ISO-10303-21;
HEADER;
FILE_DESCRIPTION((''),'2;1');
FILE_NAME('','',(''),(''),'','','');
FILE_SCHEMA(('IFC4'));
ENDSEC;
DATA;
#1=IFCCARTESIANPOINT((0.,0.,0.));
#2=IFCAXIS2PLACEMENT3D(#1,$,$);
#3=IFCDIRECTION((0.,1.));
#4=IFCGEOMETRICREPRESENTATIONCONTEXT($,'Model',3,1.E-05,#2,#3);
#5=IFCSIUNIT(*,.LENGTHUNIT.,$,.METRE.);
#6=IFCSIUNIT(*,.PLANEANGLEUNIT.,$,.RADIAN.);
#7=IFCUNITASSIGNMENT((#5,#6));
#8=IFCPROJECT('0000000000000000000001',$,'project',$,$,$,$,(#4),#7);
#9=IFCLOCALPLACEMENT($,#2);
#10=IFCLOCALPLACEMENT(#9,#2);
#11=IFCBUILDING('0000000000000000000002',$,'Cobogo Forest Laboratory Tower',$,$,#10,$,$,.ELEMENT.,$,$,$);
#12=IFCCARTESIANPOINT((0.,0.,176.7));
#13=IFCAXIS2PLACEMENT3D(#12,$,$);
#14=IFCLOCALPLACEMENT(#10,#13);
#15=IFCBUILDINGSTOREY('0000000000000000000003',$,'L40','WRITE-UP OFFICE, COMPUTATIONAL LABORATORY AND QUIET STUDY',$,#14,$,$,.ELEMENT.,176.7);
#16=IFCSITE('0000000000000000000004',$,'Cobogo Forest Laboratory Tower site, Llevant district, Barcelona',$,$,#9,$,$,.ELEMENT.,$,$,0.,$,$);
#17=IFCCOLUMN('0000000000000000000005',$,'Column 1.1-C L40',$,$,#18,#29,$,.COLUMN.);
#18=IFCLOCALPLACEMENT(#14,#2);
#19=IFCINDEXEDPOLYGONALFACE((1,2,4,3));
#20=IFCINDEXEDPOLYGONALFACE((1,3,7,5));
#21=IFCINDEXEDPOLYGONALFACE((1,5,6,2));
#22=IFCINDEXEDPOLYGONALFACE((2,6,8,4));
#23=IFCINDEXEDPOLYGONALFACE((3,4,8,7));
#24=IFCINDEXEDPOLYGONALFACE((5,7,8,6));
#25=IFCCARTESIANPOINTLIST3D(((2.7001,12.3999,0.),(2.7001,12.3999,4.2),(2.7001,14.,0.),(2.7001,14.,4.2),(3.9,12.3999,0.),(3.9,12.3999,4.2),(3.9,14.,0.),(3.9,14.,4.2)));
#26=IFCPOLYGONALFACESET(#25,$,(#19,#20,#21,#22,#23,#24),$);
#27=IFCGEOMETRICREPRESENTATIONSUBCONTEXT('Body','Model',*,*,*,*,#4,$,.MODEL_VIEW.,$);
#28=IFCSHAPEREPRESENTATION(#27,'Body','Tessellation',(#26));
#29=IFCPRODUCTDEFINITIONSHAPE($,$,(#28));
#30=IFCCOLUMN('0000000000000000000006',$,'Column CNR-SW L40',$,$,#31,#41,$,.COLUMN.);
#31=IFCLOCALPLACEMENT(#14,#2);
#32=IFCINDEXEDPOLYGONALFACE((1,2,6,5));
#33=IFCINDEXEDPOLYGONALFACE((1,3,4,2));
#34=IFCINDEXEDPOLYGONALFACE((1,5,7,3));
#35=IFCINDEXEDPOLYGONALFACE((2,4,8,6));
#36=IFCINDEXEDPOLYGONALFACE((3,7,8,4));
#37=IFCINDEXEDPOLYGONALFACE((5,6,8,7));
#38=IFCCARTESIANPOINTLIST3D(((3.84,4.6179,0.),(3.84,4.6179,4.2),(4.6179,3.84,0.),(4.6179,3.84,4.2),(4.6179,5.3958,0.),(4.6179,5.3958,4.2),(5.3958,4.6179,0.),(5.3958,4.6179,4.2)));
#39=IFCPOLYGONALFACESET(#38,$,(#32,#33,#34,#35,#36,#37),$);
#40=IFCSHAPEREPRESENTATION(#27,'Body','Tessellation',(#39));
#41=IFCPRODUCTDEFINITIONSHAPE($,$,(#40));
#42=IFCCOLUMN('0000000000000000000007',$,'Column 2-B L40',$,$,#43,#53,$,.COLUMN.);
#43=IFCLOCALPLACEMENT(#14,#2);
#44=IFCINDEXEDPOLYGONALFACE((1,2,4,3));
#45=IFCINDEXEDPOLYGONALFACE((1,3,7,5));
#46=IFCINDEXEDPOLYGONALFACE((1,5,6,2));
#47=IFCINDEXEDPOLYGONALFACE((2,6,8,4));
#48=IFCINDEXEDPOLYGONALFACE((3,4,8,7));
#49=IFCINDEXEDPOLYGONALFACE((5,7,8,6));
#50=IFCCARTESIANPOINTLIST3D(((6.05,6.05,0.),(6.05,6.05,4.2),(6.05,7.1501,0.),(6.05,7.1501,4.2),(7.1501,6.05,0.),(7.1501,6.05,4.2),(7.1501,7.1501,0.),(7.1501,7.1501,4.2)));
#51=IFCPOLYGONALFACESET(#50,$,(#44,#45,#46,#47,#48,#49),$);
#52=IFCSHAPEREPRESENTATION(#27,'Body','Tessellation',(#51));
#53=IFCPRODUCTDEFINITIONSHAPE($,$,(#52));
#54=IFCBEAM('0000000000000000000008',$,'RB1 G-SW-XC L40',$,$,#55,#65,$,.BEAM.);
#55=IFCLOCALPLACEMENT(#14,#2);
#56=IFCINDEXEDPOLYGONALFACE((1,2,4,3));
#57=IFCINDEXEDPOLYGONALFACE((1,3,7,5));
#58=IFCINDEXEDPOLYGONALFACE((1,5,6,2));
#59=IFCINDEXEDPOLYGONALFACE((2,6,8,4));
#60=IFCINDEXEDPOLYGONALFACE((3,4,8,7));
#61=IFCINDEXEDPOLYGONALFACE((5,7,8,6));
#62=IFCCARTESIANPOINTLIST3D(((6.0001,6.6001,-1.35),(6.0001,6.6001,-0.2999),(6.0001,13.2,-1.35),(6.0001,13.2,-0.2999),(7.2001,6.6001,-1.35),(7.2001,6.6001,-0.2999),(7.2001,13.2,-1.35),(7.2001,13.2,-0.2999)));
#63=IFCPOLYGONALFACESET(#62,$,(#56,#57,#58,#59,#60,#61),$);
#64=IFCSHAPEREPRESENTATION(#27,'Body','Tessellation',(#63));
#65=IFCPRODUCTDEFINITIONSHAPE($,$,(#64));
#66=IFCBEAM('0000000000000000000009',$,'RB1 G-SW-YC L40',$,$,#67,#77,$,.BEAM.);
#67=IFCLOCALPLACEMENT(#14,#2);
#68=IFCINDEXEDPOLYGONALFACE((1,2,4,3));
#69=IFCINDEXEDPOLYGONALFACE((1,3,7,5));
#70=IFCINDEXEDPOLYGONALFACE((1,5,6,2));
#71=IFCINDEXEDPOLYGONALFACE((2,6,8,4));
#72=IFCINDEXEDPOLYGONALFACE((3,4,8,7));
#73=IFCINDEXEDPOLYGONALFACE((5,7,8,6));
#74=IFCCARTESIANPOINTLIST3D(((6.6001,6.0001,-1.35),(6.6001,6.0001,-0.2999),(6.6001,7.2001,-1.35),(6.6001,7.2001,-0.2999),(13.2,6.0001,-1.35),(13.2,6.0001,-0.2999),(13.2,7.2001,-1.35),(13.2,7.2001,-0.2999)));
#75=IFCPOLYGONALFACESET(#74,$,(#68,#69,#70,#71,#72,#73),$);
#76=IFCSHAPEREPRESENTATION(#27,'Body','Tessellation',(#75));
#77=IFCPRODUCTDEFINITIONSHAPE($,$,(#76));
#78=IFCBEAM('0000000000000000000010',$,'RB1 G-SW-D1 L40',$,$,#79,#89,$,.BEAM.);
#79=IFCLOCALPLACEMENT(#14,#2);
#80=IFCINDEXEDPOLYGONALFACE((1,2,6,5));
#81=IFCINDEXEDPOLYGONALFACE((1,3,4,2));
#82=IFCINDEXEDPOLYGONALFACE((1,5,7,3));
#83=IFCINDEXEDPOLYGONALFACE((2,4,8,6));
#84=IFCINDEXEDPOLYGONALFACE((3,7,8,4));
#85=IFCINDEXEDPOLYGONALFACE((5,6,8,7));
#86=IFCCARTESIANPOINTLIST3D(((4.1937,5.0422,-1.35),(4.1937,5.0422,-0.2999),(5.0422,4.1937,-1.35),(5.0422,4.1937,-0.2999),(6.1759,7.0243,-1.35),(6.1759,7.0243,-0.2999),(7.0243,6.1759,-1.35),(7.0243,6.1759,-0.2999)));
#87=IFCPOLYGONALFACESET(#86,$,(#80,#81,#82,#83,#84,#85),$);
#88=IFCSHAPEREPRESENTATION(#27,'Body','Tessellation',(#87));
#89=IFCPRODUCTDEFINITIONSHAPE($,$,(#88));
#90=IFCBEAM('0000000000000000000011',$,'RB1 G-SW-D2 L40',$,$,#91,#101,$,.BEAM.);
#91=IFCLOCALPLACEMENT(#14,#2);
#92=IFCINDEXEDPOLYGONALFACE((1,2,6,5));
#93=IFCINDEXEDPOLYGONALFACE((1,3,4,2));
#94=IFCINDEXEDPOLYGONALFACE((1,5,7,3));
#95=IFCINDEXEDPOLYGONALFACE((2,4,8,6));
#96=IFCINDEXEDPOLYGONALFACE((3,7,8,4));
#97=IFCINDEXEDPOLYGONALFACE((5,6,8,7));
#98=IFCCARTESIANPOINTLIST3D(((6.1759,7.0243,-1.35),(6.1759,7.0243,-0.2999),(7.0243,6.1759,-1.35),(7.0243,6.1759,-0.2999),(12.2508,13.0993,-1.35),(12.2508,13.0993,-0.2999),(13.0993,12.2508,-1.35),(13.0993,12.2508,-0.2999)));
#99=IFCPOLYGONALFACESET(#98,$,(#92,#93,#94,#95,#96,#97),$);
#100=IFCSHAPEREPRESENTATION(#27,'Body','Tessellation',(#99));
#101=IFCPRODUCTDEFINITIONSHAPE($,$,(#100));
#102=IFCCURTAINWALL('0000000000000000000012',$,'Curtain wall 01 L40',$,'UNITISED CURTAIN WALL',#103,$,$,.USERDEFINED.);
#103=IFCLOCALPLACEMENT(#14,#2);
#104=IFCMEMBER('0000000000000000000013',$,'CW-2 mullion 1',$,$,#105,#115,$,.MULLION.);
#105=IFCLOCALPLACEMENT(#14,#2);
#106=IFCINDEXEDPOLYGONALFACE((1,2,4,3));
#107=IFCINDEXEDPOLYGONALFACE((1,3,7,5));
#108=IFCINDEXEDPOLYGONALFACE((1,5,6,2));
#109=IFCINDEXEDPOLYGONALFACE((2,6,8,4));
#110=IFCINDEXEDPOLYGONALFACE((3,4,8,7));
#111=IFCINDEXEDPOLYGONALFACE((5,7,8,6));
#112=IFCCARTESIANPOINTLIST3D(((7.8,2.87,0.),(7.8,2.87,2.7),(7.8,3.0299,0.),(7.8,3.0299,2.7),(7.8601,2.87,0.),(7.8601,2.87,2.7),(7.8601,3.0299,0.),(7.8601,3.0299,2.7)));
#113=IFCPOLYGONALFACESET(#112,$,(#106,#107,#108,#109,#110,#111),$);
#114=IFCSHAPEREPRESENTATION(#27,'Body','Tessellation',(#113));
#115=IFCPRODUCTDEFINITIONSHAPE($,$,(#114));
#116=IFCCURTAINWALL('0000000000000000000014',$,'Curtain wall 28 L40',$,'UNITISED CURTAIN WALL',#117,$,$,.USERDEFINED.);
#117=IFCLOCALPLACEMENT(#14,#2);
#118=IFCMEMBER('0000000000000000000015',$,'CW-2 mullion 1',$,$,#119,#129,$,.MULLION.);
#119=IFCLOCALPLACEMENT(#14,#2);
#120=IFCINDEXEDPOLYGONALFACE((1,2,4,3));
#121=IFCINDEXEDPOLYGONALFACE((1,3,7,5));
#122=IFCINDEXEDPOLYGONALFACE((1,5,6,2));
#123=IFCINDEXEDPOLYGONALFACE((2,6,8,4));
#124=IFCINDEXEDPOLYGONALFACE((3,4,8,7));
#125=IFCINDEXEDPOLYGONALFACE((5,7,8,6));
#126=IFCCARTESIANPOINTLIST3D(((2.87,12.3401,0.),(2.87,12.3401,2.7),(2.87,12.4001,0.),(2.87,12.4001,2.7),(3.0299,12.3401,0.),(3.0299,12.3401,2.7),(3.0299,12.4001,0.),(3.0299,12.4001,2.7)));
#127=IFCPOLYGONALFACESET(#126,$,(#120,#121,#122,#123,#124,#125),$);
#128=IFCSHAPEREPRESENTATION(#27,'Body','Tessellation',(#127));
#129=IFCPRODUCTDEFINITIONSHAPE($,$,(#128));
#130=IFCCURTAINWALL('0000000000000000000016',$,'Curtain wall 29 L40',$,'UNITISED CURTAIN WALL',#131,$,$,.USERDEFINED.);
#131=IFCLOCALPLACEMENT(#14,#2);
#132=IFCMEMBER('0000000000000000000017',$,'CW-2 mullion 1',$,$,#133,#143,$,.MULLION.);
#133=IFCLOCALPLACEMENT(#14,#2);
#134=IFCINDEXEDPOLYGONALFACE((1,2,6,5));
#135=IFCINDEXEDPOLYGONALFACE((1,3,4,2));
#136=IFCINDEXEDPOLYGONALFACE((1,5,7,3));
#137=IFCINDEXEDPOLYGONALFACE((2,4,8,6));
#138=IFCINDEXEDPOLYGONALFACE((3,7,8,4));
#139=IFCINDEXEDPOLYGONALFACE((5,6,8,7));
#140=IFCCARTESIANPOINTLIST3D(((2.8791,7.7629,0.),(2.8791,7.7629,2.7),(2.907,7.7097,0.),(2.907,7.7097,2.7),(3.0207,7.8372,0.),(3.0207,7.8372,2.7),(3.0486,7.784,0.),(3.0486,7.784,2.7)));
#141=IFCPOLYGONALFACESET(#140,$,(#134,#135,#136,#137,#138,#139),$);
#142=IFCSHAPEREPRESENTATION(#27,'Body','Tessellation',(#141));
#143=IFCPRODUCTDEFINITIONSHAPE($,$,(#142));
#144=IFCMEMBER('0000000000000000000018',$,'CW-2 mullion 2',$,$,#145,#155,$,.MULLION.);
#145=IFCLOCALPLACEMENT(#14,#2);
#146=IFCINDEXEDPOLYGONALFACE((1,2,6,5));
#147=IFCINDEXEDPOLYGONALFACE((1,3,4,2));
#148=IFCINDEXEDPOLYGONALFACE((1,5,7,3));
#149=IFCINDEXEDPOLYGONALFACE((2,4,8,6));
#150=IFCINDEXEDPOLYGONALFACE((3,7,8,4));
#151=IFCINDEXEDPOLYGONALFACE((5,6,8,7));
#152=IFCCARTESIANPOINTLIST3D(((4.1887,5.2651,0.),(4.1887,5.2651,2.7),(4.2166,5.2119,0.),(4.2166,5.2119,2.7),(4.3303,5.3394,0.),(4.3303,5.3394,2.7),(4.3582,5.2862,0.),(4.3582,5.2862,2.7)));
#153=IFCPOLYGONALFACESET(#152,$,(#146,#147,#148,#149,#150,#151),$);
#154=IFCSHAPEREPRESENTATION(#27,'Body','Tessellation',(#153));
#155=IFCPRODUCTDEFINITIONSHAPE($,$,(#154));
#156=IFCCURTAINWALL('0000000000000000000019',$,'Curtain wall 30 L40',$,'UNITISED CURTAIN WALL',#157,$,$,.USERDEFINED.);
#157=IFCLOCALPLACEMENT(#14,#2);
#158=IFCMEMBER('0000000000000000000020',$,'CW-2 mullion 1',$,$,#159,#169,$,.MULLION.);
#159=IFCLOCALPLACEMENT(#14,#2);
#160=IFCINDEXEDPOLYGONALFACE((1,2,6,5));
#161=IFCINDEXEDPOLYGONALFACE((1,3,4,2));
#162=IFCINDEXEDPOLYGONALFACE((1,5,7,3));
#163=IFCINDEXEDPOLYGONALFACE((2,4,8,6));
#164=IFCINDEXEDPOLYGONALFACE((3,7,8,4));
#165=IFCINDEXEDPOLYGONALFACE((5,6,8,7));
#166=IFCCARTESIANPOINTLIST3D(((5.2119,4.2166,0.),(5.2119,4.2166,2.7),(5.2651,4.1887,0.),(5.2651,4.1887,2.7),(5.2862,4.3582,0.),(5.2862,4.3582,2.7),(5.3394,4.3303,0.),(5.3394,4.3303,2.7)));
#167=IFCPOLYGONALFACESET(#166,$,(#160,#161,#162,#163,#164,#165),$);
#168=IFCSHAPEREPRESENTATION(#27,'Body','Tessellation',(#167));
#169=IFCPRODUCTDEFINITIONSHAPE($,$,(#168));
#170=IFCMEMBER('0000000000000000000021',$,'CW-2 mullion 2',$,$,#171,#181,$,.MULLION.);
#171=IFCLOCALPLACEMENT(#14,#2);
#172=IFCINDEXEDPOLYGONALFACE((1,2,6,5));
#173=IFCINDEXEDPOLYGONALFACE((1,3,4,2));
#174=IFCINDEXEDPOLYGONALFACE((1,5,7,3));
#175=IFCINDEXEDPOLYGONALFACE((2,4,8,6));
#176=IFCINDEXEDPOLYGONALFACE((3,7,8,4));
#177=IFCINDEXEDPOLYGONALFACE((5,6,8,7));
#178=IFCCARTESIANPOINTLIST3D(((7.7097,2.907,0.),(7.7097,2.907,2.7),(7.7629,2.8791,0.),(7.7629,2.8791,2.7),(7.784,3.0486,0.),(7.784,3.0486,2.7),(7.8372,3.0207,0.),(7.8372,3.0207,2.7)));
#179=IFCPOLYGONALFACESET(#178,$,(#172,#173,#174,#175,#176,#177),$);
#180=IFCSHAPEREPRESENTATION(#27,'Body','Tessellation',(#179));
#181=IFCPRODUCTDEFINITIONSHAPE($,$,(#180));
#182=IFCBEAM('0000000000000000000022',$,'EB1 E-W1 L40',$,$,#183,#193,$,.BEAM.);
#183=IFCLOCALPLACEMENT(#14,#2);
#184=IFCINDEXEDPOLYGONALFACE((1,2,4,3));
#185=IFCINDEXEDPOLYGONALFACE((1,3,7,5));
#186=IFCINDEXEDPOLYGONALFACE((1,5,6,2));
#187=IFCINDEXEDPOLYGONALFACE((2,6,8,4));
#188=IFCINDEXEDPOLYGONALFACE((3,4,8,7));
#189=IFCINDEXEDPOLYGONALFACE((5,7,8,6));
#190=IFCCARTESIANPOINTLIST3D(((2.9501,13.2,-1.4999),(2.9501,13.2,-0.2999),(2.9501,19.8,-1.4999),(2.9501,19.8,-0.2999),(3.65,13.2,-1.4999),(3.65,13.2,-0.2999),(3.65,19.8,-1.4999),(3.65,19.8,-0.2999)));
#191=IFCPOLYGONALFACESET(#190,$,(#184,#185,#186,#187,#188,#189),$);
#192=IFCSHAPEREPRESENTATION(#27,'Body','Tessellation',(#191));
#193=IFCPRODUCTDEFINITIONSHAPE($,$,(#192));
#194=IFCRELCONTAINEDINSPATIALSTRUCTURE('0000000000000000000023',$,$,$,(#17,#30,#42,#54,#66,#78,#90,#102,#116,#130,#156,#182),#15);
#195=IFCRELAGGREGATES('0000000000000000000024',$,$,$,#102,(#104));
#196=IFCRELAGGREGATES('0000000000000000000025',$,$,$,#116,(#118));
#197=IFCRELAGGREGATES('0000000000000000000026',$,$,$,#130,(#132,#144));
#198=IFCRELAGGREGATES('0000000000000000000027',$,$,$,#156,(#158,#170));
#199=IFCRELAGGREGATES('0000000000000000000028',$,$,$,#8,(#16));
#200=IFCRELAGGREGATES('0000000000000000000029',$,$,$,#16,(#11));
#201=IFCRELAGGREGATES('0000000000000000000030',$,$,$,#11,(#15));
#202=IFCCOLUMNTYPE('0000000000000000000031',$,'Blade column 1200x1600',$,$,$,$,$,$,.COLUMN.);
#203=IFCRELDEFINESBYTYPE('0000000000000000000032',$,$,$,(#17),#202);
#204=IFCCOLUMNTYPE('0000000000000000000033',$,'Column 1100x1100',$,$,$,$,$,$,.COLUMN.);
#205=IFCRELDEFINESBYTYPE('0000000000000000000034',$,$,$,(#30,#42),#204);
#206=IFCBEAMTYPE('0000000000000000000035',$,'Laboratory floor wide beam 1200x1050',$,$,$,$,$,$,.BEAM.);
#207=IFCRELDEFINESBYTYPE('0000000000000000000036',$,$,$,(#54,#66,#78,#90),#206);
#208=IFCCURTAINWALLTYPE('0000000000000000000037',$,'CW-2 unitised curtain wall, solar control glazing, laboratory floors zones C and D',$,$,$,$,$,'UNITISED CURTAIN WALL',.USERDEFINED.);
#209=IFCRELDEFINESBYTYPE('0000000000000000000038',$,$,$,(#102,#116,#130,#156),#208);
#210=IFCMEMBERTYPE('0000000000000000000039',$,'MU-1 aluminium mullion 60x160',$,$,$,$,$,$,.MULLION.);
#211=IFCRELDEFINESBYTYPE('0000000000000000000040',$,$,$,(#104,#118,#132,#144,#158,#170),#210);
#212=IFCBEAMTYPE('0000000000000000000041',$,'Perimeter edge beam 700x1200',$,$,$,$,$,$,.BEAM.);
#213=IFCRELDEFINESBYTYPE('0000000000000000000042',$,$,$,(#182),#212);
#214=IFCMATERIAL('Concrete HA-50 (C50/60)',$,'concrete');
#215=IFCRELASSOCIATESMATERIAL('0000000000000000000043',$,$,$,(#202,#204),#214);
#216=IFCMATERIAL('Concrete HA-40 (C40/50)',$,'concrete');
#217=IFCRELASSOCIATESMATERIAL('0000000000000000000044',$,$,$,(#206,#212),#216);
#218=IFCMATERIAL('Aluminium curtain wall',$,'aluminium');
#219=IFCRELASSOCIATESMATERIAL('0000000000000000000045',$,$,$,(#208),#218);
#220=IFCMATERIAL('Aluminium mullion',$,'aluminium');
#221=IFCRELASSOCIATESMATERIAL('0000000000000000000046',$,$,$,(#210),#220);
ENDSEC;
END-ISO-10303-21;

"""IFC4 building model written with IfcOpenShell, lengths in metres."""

from ifc_helpers import new_model, si_unit, direction, frame, origin, origin_2d, place, context, subcontext, project, spatial, rectangle, extrude, material, material_profile, profile_set, type_object, element, aggregate, save


model = new_model("IFC4")

# Units and contexts
model_context = context("Model", 3, precision=1e-05, world=origin(), true_north=direction((0.0, 1.0)))
body_context = subcontext(model_context, "Body", "Model", "MODEL_VIEW")
ifc_project = project(units=[si_unit("LENGTHUNIT", "METRE"), si_unit("PLANEANGLEUNIT", "RADIAN")], contexts=[model_context])

# Site, building, storey
site_placement = place(None, origin())
site = spatial("IfcSite", under=ifc_project, at=site_placement, Name="Cobogo Forest Laboratory Tower site, Llevant district, Barcelona", CompositionType="ELEMENT", RefElevation=0.0)
building_placement = place(site_placement, origin())
building = spatial("IfcBuilding", under=site, at=building_placement, Name="Cobogo Forest Laboratory Tower", CompositionType="ELEMENT")
storey_placement = place(building_placement, frame((0.0, 0.0, 176.7)))
storey = spatial("IfcBuildingStorey", under=building, at=storey_placement, Name="L40", Description="WRITE-UP OFFICE, COMPUTATIONAL LABORATORY AND QUIET STUDY", CompositionType="ELEMENT", Elevation=176.7)

# Columns
ifc_material_1 = material(Name="Concrete HA-50 (C50/60)", Category="concrete")
ifc_material_profile_1 = material_profile(ifc_material_1, rectangle(XDim=1.6001, YDim=1.2, at=origin_2d()), Name="RC 1200x1600")
ifc_profile_set_1 = profile_set([ifc_material_profile_1], Name="Concrete HA-50 (C50/60)")
column_type_1 = type_object("IfcColumnType", Name="Blade column 1200x1600", PredefinedType="COLUMN", material=ifc_profile_set_1)
column_placement = place(storey_placement, frame((3.3, 13.2, 0.0), z_axis=(0.0, 0.0, 1.0), x_axis=(0.0, 1.0, 0.0)))
element("IfcColumn", 1, at=column_placement, inside=storey, type_object=column_type_1, Name="Column 1.1-C L40", PredefinedType="COLUMN", context=body_context, shape_type="SweptSolid", body=[
    extrude(rectangle(XDim=1.6001, YDim=1.2, at=origin_2d()), origin(), (0.0, 0.0, 1.0), 4.2),
])
ifc_material_profile_2 = material_profile(ifc_material_1, rectangle(XDim=1.1001, YDim=1.1001, at=origin_2d()), Name="RC 1100x1100")
ifc_profile_set_2 = profile_set([ifc_material_profile_2], Name="Concrete HA-50 (C50/60)")
column_type_2 = type_object("IfcColumnType", Name="Column 1100x1100", PredefinedType="COLUMN", material=ifc_profile_set_2)
for number, where, z_axis, x_axis, name in (
    (2, (4.6179, 4.6179, 0.0), (0.0, 0.0, 1.0), (0.707107, 0.707107, 0.0), "Column CNR-SW L40"),
    (3, (6.6001, 6.6001, 0.0), (0.0, 0.0, 1.0), (1.0, 0.0, 0.0), "Column 2-B L40"),
):
    element("IfcColumn", number, at=place(storey_placement, frame(where, z_axis=z_axis, x_axis=x_axis)), inside=storey, type_object=column_type_2, Name=name, PredefinedType="COLUMN", context=body_context, shape_type="SweptSolid", body=[
        extrude(rectangle(XDim=1.1001, YDim=1.1001, at=origin_2d()), origin(), (0.0, 0.0, 1.0), 4.2),
    ])

# Beams
ifc_material_2 = material(Name="Concrete HA-40 (C40/50)", Category="concrete")
ifc_material_profile_3 = material_profile(ifc_material_2, rectangle(XDim=1.2, YDim=1.05, at=origin_2d()), Name="RC 1200x1050")
ifc_profile_set_3 = profile_set([ifc_material_profile_3], Name="Concrete HA-40 (C40/50)")
beam_type_1 = type_object("IfcBeamType", Name="Laboratory floor wide beam 1200x1050", PredefinedType="BEAM", material=ifc_profile_set_3)
for number, where, z_axis, x_axis, name in (
    (4, (6.6001, 6.6001, -0.825), (0.0, 1.0, 0.0), (-1.0, 0.0, 0.0), "RB1 G-SW-XC L40"),
    (5, (6.6001, 6.6001, -0.825), (1.0, 0.0, 0.0), (0.0, 1.0, 0.0), "RB1 G-SW-YC L40"),
):
    element("IfcBeam", number, at=place(storey_placement, frame(where, z_axis=z_axis, x_axis=x_axis)), inside=storey, type_object=beam_type_1, Name=name, PredefinedType="BEAM", context=body_context, shape_type="SweptSolid", body=[
        extrude(rectangle(XDim=1.2, YDim=1.05, at=origin_2d()), origin(), (0.0, 0.0, 1.0), 6.5999),
    ])
beam_1_placement = place(storey_placement, frame((4.6179, 4.6179, -0.825), z_axis=(0.707107, 0.707107, 0.0), x_axis=(-0.707107, 0.707107, 0.0)))
element("IfcBeam", 6, at=beam_1_placement, inside=storey, type_object=beam_type_1, Name="RB1 G-SW-D1 L40", PredefinedType="BEAM", context=body_context, shape_type="SweptSolid", body=[
    extrude(rectangle(XDim=1.2, YDim=1.05, at=origin_2d()), origin(), (0.0, 0.0, 1.0), 2.8032),
])
beam_2_placement = place(storey_placement, frame((6.6001, 6.6001, -0.825), z_axis=(0.707107, 0.707107, 0.0), x_axis=(-0.707107, 0.707107, 0.0)))
element("IfcBeam", 7, at=beam_2_placement, inside=storey, type_object=beam_type_1, Name="RB1 G-SW-D2 L40", PredefinedType="BEAM", context=body_context, shape_type="SweptSolid", body=[
    extrude(rectangle(XDim=1.2, YDim=1.05, at=origin_2d()), origin(), (0.0, 0.0, 1.0), 8.5913),
])

# Curtain walls, members
ifc_material_3 = material(Name="Aluminium curtain wall", Category="aluminium")
curtain_wall_type = type_object("IfcCurtainWallType", Name="CW-2 unitised curtain wall, solar control glazing, laboratory floors zones C and D", ElementType="UNITISED CURTAIN WALL", PredefinedType="USERDEFINED", material=ifc_material_3)
curtain_wall_1_placement = place(storey_placement, origin())
curtain_wall_1 = element("IfcCurtainWall", 8, at=curtain_wall_1_placement, inside=storey, type_object=curtain_wall_type, Name="Curtain wall 01 L40", ObjectType="UNITISED CURTAIN WALL", PredefinedType="USERDEFINED")
ifc_material_4 = material(Name="Aluminium mullion", Category="aluminium")
ifc_material_profile_4 = material_profile(ifc_material_4, rectangle(XDim=0.0601, YDim=0.1599, at=origin_2d()), Name="AL 60x160")
ifc_profile_set_4 = profile_set([ifc_material_profile_4], Name="Aluminium mullion")
member_type_1 = type_object("IfcMemberType", Name="MU-1 aluminium mullion 60x160", PredefinedType="MULLION", material=ifc_profile_set_4)
member_1_placement = place(storey_placement, frame((7.8301, 2.95, 0.0), z_axis=(0.0, 0.0, 1.0), x_axis=(1.0, 0.0, 0.0)))
member_1 = element("IfcMember", 9, at=member_1_placement, type_object=member_type_1, Name="CW-2 mullion 1", PredefinedType="MULLION", context=body_context, shape_type="SweptSolid", body=[
    extrude(rectangle(XDim=0.0601, YDim=0.1599, at=origin_2d()), origin(), (0.0, 0.0, 1.0), 2.7),
])
aggregate(curtain_wall_1, [member_1])
curtain_wall_2_placement = place(storey_placement, origin())
curtain_wall_2 = element("IfcCurtainWall", 10, at=curtain_wall_2_placement, inside=storey, type_object=curtain_wall_type, Name="Curtain wall 28 L40", ObjectType="UNITISED CURTAIN WALL", PredefinedType="USERDEFINED")
member_2_placement = place(storey_placement, frame((2.95, 12.3701, 0.0), z_axis=(0.0, 0.0, 1.0), x_axis=(0.0, -1.0, 0.0)))
member_2 = element("IfcMember", 11, at=member_2_placement, type_object=member_type_1, Name="CW-2 mullion 1", PredefinedType="MULLION", context=body_context, shape_type="SweptSolid", body=[
    extrude(rectangle(XDim=0.0601, YDim=0.1599, at=origin_2d()), origin(), (0.0, 0.0, 1.0), 2.7),
])

# Curtain walls, members
curtain_wall_3_placement = place(storey_placement, origin())
curtain_wall_3 = element("IfcCurtainWall", 12, at=curtain_wall_3_placement, inside=storey, type_object=curtain_wall_type, Name="Curtain wall 29 L40", ObjectType="UNITISED CURTAIN WALL", PredefinedType="USERDEFINED")
member_3_placement = place(storey_placement, frame((2.9639, 7.7734, 0.0), z_axis=(0.0, 0.0, 1.0), x_axis=(0.464284, -0.885686, 0.0)))
member_3 = element("IfcMember", 13, at=member_3_placement, type_object=member_type_1, Name="CW-2 mullion 1", PredefinedType="MULLION", context=body_context, shape_type="SweptSolid", body=[
    extrude(rectangle(XDim=0.0601, YDim=0.1599, at=origin_2d()), origin(), (0.0, 0.0, 1.0), 2.7),
])
member_4_placement = place(storey_placement, frame((4.2734, 5.2756, 0.0), z_axis=(0.0, 0.0, 1.0), x_axis=(0.464284, -0.885686, 0.0)))
member_4 = element("IfcMember", 14, at=member_4_placement, type_object=member_type_1, Name="CW-2 mullion 2", PredefinedType="MULLION", context=body_context, shape_type="SweptSolid", body=[
    extrude(rectangle(XDim=0.0601, YDim=0.1599, at=origin_2d()), origin(), (0.0, 0.0, 1.0), 2.7),
])
curtain_wall_4_placement = place(storey_placement, origin())
curtain_wall_4 = element("IfcCurtainWall", 15, at=curtain_wall_4_placement, inside=storey, type_object=curtain_wall_type, Name="Curtain wall 30 L40", ObjectType="UNITISED CURTAIN WALL", PredefinedType="USERDEFINED")
member_5_placement = place(storey_placement, frame((5.2756, 4.2734, 0.0), z_axis=(0.0, 0.0, 1.0), x_axis=(0.885686, -0.464284, 0.0)))
member_5 = element("IfcMember", 16, at=member_5_placement, type_object=member_type_1, Name="CW-2 mullion 1", PredefinedType="MULLION", context=body_context, shape_type="SweptSolid", body=[
    extrude(rectangle(XDim=0.0601, YDim=0.1599, at=origin_2d()), origin(), (0.0, 0.0, 1.0), 2.7),
])
member_6_placement = place(storey_placement, frame((7.7734, 2.9639, 0.0), z_axis=(0.0, 0.0, 1.0), x_axis=(0.885686, -0.464284, 0.0)))
member_6 = element("IfcMember", 17, at=member_6_placement, type_object=member_type_1, Name="CW-2 mullion 2", PredefinedType="MULLION", context=body_context, shape_type="SweptSolid", body=[
    extrude(rectangle(XDim=0.0601, YDim=0.1599, at=origin_2d()), origin(), (0.0, 0.0, 1.0), 2.7),
])

# Beam
ifc_material_profile_5 = material_profile(ifc_material_2, rectangle(XDim=0.7, YDim=1.2, at=origin_2d()), Name="RC 700x1200")
ifc_profile_set_5 = profile_set([ifc_material_profile_5], Name="Concrete HA-40 (C40/50)")
beam_type_2 = type_object("IfcBeamType", Name="Perimeter edge beam 700x1200", PredefinedType="BEAM", material=ifc_profile_set_5)
beam_3_placement = place(storey_placement, frame((3.3, 13.2, -0.8999), z_axis=(0.0, 1.0, 0.0), x_axis=(-1.0, 0.0, 0.0)))
element("IfcBeam", 18, at=beam_3_placement, inside=storey, type_object=beam_type_2, Name="EB1 E-W1 L40", PredefinedType="BEAM", context=body_context, shape_type="SweptSolid", body=[
    extrude(rectangle(XDim=0.7, YDim=1.2, at=origin_2d()), origin(), (0.0, 0.0, 1.0), 6.6001),
])

aggregate(curtain_wall_2, [member_2])
aggregate(curtain_wall_3, [member_3, member_4])
aggregate(curtain_wall_4, [member_5, member_6])

save(model, "model.ifc")
